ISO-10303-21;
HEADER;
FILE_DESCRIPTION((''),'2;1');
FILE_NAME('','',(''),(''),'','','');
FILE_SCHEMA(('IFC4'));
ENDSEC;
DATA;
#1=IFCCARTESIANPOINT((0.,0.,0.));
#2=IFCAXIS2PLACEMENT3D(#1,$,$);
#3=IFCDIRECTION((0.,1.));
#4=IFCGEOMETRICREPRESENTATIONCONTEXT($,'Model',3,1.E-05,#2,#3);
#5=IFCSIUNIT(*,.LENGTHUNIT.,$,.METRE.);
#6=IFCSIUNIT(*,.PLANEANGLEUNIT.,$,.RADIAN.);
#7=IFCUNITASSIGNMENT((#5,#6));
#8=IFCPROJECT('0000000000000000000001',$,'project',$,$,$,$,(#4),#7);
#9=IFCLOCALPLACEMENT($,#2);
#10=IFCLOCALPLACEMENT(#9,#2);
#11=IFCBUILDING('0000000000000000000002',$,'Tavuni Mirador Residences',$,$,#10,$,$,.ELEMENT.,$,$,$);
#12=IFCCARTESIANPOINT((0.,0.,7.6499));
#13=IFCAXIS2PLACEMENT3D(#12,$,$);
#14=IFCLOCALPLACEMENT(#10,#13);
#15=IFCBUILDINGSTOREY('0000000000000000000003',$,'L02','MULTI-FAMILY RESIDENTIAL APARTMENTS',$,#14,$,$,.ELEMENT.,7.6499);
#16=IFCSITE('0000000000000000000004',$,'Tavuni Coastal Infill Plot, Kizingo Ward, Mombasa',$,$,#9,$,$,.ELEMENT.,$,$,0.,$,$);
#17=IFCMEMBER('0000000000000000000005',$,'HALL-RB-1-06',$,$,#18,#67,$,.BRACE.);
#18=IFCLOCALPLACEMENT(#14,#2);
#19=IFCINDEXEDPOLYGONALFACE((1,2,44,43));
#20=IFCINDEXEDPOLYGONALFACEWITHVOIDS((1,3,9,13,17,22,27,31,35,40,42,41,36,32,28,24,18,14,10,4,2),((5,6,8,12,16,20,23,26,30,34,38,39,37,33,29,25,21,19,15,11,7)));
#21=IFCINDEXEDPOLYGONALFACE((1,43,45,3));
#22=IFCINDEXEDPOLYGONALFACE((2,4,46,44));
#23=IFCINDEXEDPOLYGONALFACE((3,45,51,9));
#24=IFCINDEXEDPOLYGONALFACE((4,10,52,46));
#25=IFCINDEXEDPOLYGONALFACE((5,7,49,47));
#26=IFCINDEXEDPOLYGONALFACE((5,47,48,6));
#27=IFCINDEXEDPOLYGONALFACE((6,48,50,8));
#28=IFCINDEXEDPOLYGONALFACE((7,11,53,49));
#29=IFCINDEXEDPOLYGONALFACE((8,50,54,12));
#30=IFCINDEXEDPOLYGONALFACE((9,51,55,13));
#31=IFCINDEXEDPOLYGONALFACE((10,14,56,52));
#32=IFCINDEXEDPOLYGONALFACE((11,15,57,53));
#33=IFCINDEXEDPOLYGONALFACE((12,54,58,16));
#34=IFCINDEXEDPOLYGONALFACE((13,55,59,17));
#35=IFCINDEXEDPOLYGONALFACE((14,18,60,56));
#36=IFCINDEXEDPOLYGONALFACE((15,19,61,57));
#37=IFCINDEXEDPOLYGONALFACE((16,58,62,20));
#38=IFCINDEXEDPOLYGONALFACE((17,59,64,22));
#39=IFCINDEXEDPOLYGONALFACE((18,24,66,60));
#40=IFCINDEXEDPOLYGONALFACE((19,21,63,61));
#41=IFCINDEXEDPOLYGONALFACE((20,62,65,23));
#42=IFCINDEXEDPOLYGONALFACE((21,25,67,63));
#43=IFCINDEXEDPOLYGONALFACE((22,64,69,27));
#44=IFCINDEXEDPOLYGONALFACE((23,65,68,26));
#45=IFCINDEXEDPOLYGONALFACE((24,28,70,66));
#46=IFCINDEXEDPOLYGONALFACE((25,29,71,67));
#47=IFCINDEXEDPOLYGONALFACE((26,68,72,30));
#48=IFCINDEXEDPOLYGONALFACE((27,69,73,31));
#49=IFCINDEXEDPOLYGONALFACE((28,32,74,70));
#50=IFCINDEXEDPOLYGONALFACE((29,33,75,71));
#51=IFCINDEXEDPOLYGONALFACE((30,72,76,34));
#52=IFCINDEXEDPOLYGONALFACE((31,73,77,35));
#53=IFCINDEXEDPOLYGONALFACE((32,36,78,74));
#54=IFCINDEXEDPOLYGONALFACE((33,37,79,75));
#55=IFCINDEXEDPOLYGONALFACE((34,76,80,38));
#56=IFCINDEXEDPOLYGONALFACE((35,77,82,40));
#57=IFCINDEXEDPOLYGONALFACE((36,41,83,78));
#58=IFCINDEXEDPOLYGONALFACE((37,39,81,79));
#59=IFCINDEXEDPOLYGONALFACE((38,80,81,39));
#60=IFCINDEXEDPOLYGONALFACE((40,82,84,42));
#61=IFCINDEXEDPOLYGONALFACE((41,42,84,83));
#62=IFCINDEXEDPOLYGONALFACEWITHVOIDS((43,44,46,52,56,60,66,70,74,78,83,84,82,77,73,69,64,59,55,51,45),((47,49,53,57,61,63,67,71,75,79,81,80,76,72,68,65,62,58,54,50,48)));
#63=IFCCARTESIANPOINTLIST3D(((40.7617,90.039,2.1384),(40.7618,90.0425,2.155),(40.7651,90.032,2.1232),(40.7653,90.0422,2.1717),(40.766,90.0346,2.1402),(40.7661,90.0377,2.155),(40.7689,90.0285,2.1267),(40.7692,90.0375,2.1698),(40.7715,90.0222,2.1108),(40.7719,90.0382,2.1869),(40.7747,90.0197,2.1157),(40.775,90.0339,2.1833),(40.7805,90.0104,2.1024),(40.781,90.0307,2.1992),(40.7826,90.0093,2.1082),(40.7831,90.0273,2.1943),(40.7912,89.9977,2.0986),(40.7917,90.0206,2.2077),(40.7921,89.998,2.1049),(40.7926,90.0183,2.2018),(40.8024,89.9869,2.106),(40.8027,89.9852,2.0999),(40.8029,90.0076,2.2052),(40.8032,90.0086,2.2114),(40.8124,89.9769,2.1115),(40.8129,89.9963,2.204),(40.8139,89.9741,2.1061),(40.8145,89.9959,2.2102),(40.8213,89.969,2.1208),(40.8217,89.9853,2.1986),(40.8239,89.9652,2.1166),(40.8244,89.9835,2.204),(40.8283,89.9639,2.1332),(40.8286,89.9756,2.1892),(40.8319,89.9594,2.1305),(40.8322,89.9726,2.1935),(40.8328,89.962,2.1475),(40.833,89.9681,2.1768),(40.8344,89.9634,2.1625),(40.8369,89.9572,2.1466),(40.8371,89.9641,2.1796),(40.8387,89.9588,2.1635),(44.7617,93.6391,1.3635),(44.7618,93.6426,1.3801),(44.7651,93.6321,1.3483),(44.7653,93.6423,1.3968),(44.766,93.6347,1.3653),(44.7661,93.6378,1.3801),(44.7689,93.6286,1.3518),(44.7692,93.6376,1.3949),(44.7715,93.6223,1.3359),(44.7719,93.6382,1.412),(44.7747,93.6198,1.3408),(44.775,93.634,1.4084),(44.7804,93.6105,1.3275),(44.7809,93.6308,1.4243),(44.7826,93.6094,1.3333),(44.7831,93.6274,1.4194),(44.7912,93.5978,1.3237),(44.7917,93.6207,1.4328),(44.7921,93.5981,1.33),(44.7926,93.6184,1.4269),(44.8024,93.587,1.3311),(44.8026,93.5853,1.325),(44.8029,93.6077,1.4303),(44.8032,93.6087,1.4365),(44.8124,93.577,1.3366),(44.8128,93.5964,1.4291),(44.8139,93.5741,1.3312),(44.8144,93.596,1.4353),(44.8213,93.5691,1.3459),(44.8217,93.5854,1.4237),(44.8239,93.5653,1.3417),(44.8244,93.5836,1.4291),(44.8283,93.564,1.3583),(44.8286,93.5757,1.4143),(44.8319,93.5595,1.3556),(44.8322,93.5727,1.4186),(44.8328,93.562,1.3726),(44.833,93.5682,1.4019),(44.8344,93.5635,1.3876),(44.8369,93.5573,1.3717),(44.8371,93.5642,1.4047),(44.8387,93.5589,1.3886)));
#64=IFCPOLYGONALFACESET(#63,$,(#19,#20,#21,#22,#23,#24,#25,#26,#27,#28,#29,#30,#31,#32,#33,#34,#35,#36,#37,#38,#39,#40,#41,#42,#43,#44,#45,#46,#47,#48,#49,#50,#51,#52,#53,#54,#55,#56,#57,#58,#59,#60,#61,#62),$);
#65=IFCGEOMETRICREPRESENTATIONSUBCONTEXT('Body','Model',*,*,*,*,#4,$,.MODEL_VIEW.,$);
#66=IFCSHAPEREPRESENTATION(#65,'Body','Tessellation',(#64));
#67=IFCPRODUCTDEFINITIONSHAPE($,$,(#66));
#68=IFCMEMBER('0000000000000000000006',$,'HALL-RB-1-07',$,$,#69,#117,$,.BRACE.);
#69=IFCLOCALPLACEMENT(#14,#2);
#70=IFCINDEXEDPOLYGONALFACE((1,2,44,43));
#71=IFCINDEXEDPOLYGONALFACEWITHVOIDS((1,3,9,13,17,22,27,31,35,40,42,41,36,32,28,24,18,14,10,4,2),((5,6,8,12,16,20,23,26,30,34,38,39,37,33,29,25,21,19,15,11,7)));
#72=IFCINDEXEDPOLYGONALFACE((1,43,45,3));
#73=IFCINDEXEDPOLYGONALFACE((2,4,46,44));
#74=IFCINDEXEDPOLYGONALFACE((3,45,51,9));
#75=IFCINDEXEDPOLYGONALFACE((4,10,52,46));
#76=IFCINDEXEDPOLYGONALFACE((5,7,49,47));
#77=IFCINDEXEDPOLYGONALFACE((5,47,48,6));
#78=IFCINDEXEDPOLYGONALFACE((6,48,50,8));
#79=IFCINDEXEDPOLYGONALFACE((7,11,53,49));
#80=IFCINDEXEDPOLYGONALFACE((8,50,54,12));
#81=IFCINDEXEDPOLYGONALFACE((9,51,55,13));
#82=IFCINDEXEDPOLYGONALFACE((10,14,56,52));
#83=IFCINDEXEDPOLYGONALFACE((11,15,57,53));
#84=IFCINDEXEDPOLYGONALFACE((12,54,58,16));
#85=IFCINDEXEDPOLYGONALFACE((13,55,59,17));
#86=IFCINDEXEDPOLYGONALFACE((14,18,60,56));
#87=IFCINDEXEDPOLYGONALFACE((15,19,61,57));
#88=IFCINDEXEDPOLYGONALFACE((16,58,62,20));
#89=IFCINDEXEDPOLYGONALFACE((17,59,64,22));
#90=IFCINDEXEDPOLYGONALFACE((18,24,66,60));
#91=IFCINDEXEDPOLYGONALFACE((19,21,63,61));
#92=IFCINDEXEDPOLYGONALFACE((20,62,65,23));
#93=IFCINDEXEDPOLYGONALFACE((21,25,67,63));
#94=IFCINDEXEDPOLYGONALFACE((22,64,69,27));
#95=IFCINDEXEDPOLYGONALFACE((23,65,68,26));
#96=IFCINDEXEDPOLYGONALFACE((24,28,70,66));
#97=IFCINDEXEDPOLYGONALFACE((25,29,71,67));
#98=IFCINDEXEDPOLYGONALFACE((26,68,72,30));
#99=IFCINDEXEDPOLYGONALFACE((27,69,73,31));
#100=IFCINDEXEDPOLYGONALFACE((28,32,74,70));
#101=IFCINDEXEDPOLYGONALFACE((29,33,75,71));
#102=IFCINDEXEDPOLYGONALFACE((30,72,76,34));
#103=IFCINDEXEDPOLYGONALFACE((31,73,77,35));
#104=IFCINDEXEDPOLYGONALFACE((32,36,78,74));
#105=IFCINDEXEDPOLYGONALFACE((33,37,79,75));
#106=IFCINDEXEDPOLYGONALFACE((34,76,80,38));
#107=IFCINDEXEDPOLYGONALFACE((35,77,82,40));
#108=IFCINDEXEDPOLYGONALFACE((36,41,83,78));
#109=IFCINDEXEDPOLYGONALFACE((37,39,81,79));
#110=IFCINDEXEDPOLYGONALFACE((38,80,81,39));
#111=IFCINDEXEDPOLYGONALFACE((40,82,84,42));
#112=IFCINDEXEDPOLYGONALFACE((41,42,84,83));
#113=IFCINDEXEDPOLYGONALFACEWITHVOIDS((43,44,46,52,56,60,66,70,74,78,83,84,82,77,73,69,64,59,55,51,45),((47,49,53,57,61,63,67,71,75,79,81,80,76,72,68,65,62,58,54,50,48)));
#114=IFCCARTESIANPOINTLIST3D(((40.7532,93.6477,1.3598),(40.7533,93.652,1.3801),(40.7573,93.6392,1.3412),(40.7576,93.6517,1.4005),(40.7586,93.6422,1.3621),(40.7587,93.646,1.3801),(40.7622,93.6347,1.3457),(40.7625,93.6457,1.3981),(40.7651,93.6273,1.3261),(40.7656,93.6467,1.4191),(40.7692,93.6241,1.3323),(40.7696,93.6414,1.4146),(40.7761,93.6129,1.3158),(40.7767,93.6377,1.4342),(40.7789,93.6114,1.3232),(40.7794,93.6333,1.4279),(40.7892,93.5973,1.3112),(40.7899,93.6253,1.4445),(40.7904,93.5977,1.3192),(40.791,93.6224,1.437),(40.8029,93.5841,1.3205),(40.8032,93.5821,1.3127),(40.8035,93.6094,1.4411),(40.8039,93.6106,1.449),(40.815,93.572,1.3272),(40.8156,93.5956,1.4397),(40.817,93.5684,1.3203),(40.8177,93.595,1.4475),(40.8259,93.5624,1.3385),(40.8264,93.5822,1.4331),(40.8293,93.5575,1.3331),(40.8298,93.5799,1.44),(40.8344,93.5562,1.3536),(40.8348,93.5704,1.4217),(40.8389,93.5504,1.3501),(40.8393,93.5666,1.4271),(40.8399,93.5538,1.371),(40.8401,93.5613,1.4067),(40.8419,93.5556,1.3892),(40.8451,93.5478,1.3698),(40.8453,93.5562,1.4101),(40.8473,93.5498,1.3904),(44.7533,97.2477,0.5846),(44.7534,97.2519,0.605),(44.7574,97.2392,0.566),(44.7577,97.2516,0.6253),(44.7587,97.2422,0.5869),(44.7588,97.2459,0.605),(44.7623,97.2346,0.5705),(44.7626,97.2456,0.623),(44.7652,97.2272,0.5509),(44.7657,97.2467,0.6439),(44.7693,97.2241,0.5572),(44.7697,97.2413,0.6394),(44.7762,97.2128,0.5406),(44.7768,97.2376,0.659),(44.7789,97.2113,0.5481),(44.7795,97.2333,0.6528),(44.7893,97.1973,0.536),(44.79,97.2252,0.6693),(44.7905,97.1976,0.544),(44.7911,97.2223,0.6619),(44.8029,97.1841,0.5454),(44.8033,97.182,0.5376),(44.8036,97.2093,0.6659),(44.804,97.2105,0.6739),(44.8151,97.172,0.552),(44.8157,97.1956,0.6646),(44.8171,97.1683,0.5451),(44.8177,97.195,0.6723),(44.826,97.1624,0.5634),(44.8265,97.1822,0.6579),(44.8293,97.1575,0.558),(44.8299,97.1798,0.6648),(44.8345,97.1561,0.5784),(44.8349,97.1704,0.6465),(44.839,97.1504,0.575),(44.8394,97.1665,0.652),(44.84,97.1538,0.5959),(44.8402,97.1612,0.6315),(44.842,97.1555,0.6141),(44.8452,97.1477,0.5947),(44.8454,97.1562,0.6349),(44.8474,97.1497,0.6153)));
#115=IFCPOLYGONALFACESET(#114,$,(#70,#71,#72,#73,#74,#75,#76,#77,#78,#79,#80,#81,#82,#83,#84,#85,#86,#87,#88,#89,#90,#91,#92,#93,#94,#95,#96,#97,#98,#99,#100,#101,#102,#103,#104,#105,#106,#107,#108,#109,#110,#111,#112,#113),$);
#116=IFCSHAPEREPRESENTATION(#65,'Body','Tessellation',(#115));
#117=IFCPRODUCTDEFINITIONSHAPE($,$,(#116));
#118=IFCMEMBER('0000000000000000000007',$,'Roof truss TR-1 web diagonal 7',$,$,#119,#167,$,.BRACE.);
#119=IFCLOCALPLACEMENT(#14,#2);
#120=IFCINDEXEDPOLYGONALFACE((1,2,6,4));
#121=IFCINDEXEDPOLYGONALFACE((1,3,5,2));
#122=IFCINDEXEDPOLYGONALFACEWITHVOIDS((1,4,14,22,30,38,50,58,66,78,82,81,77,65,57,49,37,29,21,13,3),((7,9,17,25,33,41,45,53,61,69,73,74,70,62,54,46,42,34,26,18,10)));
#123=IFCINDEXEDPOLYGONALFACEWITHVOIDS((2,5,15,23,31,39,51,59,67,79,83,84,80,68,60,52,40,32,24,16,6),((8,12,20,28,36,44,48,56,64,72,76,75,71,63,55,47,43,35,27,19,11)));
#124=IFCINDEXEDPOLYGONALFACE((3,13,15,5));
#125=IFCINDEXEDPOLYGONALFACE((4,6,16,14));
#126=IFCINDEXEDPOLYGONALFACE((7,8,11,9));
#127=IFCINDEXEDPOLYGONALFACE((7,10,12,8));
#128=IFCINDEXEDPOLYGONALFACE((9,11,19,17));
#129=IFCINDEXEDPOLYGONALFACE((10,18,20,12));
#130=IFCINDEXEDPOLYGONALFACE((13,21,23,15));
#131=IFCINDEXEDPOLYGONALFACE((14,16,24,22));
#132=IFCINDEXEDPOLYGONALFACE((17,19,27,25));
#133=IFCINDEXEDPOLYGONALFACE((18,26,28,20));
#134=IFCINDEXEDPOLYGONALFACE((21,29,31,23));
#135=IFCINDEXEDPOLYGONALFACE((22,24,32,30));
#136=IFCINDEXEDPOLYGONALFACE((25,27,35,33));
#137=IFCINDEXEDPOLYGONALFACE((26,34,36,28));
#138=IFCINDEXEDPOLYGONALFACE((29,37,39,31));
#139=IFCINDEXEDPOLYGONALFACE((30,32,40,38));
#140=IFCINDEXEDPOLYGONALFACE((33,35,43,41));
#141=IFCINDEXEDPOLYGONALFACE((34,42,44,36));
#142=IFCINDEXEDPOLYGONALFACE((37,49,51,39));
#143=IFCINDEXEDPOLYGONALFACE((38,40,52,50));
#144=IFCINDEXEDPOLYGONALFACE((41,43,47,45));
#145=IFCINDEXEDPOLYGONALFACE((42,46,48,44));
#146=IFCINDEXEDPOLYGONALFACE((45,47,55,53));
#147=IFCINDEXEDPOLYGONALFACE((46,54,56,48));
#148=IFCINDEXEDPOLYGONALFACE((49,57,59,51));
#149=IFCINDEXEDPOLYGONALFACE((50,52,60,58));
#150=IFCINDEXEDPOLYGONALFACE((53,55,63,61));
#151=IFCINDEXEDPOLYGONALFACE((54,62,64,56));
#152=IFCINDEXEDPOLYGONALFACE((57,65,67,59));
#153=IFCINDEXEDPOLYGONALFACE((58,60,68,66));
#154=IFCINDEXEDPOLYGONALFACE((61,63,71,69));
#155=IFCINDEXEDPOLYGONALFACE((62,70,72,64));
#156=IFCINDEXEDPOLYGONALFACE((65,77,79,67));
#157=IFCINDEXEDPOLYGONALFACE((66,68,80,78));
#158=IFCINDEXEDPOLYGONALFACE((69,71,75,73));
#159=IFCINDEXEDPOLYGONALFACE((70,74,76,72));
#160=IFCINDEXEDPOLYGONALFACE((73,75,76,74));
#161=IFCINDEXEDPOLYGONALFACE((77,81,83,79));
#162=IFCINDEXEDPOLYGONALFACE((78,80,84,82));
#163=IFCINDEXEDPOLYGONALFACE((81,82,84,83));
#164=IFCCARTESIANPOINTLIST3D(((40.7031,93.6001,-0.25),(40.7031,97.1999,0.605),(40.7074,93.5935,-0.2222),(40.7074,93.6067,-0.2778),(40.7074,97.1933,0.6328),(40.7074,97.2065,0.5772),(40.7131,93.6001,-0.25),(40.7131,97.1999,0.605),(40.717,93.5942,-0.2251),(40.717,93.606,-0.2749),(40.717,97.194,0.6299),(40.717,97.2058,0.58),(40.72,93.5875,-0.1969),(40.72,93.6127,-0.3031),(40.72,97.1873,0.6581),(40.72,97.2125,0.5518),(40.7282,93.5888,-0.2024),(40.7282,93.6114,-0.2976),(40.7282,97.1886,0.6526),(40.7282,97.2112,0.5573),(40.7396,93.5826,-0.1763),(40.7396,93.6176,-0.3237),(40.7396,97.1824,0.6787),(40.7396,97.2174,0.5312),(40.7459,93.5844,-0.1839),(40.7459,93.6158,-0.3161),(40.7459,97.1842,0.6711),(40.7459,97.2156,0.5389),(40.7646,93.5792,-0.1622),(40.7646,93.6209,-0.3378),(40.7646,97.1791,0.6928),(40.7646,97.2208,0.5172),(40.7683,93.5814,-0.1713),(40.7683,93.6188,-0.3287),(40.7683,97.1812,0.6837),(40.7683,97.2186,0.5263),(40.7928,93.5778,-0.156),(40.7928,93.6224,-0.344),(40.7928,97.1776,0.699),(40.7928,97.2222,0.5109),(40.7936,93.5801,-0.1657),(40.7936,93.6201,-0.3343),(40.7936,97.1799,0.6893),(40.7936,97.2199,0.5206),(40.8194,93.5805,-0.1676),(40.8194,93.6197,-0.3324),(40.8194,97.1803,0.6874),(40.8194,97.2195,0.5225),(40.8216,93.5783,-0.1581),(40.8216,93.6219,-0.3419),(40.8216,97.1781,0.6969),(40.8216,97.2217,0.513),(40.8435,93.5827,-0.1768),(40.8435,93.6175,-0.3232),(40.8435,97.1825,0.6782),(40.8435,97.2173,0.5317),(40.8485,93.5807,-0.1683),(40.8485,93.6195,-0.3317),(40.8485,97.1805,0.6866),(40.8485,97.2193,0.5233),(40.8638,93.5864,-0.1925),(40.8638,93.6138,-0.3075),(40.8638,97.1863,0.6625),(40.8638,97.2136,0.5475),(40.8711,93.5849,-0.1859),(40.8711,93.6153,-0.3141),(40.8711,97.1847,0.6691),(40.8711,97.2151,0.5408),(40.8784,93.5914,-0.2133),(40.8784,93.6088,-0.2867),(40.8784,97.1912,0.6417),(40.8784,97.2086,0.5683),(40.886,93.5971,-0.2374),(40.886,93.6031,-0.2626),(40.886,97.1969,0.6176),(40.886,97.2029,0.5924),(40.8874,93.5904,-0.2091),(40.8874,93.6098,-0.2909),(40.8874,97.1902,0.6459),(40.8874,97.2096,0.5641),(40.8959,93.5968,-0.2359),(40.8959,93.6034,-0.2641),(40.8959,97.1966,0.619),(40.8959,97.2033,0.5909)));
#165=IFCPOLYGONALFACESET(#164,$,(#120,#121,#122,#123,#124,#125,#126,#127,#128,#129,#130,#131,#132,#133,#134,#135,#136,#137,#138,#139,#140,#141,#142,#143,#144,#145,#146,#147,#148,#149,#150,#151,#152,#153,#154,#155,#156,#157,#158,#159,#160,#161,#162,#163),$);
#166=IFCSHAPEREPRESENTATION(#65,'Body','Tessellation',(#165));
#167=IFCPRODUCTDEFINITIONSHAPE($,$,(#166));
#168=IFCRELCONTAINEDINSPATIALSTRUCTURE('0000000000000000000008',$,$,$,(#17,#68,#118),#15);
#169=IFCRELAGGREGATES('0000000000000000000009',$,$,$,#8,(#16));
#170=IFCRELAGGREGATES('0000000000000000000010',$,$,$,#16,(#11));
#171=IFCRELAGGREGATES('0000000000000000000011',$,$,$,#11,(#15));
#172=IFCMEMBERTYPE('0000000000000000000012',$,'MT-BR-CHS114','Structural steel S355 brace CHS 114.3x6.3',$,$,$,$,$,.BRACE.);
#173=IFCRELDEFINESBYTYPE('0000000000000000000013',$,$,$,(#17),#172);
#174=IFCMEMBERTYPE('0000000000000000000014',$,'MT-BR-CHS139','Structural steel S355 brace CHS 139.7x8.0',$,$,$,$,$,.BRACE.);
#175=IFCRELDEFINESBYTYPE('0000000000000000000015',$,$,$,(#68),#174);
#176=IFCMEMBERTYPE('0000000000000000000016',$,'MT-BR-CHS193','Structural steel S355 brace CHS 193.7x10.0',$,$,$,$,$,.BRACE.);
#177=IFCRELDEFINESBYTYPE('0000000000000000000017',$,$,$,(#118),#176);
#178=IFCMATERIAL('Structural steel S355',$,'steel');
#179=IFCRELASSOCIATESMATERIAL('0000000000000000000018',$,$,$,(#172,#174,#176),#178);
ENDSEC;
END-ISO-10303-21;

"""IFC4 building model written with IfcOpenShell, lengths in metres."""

from ifc_helpers import new_model, si_unit, direction, frame, origin, origin_2d, place, context, subcontext, project, spatial, hollow_circle, extrude, material, material_profile, profile_set, type_object, element, save


model = new_model("IFC4")

# Units and contexts
model_context = context("Model", 3, precision=1e-05, world=origin(), true_north=direction((0.0, 1.0)))
body_context = subcontext(model_context, "Body", "Model", "MODEL_VIEW")
ifc_project = project(units=[si_unit("LENGTHUNIT", "METRE"), si_unit("PLANEANGLEUNIT", "RADIAN")], contexts=[model_context])

# Site, building, storey
site_placement = place(None, origin())
site = spatial("IfcSite", under=ifc_project, at=site_placement, Name="Tavuni Coastal Infill Plot, Kizingo Ward, Mombasa", CompositionType="ELEMENT", RefElevation=0.0)
building_placement = place(site_placement, origin())
building = spatial("IfcBuilding", under=site, at=building_placement, Name="Tavuni Mirador Residences", CompositionType="ELEMENT")
storey_placement = place(building_placement, frame((0.0, 0.0, 7.6499)))
storey = spatial("IfcBuildingStorey", under=building, at=storey_placement, Name="L02", Description="MULTI-FAMILY RESIDENTIAL APARTMENTS", CompositionType="ELEMENT", Elevation=7.6499)

# Members
ifc_material = material(Name="Structural steel S355", Category="steel")
ifc_material_profile_1 = material_profile(ifc_material, hollow_circle(Radius=0.0571, WallThickness=0.0063, at=origin_2d()), Name="CHS 114.3x6.3", Category="steel")
ifc_profile_set_1 = profile_set([ifc_material_profile_1], Name="Structural steel S355")
member_type_1 = type_object("IfcMemberType", Name="MT-BR-CHS114", Description="Structural steel S355 brace CHS 114.3x6.3", PredefinedType="BRACE", material=ifc_profile_set_1)
member_1_placement = place(storey_placement, frame((40.8, 90.0, 2.155), z_axis=(0.735697, 0.662145, -0.142523), x_axis=(-0.668975, 0.743285, 0.0)))
element("IfcMember", 1, at=member_1_placement, inside=storey, type_object=member_type_1, Name="HALL-RB-1-06", PredefinedType="BRACE", context=body_context, shape_type="SweptSolid", body=[
    extrude(hollow_circle(Radius=0.0571, WallThickness=0.0063, at=origin_2d()), origin(), (0.0, 0.0, 1.0), 5.437),
])
ifc_material_profile_2 = material_profile(ifc_material, hollow_circle(Radius=0.0698, WallThickness=0.0081, at=origin_2d()), Name="CHS 139.7x8.0", Category="steel")
ifc_profile_set_2 = profile_set([ifc_material_profile_2], Name="Structural steel S355")
member_type_2 = type_object("IfcMemberType", Name="MT-BR-CHS139", Description="Structural steel S355 brace CHS 139.7x8.0", PredefinedType="BRACE", material=ifc_profile_set_2)
member_2_placement = place(storey_placement, frame((40.8, 93.6001, 1.3801), z_axis=(0.735714, 0.662116, -0.142572), x_axis=(-0.66895, 0.743308, 0.0)))
element("IfcMember", 2, at=member_2_placement, inside=storey, type_object=member_type_2, Name="HALL-RB-1-07", PredefinedType="BRACE", context=body_context, shape_type="SweptSolid", body=[
    extrude(hollow_circle(Radius=0.0698, WallThickness=0.0081, at=origin_2d()), origin(), (0.0, 0.0, 1.0), 5.437),
])
ifc_material_profile_3 = material_profile(ifc_material, hollow_circle(Radius=0.0969, WallThickness=0.01, at=origin_2d()), Name="CHS 193.7x10.0", Category="steel")
ifc_profile_set_3 = profile_set([ifc_material_profile_3], Name="Structural steel S355")
member_type_3 = type_object("IfcMemberType", Name="MT-BR-CHS193", Description="Structural steel S355 brace CHS 193.7x10.0", PredefinedType="BRACE", material=ifc_profile_set_3)
member_3_placement = place(storey_placement, frame((40.8, 93.6001, -0.25), z_axis=(0.0, 0.972936, 0.231076), x_axis=(-1.0, 0.0, 0.0)))
element("IfcMember", 3, at=member_3_placement, inside=storey, type_object=member_type_3, Name="Roof truss TR-1 web diagonal 7", PredefinedType="BRACE", context=body_context, shape_type="SweptSolid", body=[
    extrude(hollow_circle(Radius=0.0969, WallThickness=0.01, at=origin_2d()), origin(), (0.0, 0.0, 1.0), 3.7),
])

save(model, "model.ifc")
